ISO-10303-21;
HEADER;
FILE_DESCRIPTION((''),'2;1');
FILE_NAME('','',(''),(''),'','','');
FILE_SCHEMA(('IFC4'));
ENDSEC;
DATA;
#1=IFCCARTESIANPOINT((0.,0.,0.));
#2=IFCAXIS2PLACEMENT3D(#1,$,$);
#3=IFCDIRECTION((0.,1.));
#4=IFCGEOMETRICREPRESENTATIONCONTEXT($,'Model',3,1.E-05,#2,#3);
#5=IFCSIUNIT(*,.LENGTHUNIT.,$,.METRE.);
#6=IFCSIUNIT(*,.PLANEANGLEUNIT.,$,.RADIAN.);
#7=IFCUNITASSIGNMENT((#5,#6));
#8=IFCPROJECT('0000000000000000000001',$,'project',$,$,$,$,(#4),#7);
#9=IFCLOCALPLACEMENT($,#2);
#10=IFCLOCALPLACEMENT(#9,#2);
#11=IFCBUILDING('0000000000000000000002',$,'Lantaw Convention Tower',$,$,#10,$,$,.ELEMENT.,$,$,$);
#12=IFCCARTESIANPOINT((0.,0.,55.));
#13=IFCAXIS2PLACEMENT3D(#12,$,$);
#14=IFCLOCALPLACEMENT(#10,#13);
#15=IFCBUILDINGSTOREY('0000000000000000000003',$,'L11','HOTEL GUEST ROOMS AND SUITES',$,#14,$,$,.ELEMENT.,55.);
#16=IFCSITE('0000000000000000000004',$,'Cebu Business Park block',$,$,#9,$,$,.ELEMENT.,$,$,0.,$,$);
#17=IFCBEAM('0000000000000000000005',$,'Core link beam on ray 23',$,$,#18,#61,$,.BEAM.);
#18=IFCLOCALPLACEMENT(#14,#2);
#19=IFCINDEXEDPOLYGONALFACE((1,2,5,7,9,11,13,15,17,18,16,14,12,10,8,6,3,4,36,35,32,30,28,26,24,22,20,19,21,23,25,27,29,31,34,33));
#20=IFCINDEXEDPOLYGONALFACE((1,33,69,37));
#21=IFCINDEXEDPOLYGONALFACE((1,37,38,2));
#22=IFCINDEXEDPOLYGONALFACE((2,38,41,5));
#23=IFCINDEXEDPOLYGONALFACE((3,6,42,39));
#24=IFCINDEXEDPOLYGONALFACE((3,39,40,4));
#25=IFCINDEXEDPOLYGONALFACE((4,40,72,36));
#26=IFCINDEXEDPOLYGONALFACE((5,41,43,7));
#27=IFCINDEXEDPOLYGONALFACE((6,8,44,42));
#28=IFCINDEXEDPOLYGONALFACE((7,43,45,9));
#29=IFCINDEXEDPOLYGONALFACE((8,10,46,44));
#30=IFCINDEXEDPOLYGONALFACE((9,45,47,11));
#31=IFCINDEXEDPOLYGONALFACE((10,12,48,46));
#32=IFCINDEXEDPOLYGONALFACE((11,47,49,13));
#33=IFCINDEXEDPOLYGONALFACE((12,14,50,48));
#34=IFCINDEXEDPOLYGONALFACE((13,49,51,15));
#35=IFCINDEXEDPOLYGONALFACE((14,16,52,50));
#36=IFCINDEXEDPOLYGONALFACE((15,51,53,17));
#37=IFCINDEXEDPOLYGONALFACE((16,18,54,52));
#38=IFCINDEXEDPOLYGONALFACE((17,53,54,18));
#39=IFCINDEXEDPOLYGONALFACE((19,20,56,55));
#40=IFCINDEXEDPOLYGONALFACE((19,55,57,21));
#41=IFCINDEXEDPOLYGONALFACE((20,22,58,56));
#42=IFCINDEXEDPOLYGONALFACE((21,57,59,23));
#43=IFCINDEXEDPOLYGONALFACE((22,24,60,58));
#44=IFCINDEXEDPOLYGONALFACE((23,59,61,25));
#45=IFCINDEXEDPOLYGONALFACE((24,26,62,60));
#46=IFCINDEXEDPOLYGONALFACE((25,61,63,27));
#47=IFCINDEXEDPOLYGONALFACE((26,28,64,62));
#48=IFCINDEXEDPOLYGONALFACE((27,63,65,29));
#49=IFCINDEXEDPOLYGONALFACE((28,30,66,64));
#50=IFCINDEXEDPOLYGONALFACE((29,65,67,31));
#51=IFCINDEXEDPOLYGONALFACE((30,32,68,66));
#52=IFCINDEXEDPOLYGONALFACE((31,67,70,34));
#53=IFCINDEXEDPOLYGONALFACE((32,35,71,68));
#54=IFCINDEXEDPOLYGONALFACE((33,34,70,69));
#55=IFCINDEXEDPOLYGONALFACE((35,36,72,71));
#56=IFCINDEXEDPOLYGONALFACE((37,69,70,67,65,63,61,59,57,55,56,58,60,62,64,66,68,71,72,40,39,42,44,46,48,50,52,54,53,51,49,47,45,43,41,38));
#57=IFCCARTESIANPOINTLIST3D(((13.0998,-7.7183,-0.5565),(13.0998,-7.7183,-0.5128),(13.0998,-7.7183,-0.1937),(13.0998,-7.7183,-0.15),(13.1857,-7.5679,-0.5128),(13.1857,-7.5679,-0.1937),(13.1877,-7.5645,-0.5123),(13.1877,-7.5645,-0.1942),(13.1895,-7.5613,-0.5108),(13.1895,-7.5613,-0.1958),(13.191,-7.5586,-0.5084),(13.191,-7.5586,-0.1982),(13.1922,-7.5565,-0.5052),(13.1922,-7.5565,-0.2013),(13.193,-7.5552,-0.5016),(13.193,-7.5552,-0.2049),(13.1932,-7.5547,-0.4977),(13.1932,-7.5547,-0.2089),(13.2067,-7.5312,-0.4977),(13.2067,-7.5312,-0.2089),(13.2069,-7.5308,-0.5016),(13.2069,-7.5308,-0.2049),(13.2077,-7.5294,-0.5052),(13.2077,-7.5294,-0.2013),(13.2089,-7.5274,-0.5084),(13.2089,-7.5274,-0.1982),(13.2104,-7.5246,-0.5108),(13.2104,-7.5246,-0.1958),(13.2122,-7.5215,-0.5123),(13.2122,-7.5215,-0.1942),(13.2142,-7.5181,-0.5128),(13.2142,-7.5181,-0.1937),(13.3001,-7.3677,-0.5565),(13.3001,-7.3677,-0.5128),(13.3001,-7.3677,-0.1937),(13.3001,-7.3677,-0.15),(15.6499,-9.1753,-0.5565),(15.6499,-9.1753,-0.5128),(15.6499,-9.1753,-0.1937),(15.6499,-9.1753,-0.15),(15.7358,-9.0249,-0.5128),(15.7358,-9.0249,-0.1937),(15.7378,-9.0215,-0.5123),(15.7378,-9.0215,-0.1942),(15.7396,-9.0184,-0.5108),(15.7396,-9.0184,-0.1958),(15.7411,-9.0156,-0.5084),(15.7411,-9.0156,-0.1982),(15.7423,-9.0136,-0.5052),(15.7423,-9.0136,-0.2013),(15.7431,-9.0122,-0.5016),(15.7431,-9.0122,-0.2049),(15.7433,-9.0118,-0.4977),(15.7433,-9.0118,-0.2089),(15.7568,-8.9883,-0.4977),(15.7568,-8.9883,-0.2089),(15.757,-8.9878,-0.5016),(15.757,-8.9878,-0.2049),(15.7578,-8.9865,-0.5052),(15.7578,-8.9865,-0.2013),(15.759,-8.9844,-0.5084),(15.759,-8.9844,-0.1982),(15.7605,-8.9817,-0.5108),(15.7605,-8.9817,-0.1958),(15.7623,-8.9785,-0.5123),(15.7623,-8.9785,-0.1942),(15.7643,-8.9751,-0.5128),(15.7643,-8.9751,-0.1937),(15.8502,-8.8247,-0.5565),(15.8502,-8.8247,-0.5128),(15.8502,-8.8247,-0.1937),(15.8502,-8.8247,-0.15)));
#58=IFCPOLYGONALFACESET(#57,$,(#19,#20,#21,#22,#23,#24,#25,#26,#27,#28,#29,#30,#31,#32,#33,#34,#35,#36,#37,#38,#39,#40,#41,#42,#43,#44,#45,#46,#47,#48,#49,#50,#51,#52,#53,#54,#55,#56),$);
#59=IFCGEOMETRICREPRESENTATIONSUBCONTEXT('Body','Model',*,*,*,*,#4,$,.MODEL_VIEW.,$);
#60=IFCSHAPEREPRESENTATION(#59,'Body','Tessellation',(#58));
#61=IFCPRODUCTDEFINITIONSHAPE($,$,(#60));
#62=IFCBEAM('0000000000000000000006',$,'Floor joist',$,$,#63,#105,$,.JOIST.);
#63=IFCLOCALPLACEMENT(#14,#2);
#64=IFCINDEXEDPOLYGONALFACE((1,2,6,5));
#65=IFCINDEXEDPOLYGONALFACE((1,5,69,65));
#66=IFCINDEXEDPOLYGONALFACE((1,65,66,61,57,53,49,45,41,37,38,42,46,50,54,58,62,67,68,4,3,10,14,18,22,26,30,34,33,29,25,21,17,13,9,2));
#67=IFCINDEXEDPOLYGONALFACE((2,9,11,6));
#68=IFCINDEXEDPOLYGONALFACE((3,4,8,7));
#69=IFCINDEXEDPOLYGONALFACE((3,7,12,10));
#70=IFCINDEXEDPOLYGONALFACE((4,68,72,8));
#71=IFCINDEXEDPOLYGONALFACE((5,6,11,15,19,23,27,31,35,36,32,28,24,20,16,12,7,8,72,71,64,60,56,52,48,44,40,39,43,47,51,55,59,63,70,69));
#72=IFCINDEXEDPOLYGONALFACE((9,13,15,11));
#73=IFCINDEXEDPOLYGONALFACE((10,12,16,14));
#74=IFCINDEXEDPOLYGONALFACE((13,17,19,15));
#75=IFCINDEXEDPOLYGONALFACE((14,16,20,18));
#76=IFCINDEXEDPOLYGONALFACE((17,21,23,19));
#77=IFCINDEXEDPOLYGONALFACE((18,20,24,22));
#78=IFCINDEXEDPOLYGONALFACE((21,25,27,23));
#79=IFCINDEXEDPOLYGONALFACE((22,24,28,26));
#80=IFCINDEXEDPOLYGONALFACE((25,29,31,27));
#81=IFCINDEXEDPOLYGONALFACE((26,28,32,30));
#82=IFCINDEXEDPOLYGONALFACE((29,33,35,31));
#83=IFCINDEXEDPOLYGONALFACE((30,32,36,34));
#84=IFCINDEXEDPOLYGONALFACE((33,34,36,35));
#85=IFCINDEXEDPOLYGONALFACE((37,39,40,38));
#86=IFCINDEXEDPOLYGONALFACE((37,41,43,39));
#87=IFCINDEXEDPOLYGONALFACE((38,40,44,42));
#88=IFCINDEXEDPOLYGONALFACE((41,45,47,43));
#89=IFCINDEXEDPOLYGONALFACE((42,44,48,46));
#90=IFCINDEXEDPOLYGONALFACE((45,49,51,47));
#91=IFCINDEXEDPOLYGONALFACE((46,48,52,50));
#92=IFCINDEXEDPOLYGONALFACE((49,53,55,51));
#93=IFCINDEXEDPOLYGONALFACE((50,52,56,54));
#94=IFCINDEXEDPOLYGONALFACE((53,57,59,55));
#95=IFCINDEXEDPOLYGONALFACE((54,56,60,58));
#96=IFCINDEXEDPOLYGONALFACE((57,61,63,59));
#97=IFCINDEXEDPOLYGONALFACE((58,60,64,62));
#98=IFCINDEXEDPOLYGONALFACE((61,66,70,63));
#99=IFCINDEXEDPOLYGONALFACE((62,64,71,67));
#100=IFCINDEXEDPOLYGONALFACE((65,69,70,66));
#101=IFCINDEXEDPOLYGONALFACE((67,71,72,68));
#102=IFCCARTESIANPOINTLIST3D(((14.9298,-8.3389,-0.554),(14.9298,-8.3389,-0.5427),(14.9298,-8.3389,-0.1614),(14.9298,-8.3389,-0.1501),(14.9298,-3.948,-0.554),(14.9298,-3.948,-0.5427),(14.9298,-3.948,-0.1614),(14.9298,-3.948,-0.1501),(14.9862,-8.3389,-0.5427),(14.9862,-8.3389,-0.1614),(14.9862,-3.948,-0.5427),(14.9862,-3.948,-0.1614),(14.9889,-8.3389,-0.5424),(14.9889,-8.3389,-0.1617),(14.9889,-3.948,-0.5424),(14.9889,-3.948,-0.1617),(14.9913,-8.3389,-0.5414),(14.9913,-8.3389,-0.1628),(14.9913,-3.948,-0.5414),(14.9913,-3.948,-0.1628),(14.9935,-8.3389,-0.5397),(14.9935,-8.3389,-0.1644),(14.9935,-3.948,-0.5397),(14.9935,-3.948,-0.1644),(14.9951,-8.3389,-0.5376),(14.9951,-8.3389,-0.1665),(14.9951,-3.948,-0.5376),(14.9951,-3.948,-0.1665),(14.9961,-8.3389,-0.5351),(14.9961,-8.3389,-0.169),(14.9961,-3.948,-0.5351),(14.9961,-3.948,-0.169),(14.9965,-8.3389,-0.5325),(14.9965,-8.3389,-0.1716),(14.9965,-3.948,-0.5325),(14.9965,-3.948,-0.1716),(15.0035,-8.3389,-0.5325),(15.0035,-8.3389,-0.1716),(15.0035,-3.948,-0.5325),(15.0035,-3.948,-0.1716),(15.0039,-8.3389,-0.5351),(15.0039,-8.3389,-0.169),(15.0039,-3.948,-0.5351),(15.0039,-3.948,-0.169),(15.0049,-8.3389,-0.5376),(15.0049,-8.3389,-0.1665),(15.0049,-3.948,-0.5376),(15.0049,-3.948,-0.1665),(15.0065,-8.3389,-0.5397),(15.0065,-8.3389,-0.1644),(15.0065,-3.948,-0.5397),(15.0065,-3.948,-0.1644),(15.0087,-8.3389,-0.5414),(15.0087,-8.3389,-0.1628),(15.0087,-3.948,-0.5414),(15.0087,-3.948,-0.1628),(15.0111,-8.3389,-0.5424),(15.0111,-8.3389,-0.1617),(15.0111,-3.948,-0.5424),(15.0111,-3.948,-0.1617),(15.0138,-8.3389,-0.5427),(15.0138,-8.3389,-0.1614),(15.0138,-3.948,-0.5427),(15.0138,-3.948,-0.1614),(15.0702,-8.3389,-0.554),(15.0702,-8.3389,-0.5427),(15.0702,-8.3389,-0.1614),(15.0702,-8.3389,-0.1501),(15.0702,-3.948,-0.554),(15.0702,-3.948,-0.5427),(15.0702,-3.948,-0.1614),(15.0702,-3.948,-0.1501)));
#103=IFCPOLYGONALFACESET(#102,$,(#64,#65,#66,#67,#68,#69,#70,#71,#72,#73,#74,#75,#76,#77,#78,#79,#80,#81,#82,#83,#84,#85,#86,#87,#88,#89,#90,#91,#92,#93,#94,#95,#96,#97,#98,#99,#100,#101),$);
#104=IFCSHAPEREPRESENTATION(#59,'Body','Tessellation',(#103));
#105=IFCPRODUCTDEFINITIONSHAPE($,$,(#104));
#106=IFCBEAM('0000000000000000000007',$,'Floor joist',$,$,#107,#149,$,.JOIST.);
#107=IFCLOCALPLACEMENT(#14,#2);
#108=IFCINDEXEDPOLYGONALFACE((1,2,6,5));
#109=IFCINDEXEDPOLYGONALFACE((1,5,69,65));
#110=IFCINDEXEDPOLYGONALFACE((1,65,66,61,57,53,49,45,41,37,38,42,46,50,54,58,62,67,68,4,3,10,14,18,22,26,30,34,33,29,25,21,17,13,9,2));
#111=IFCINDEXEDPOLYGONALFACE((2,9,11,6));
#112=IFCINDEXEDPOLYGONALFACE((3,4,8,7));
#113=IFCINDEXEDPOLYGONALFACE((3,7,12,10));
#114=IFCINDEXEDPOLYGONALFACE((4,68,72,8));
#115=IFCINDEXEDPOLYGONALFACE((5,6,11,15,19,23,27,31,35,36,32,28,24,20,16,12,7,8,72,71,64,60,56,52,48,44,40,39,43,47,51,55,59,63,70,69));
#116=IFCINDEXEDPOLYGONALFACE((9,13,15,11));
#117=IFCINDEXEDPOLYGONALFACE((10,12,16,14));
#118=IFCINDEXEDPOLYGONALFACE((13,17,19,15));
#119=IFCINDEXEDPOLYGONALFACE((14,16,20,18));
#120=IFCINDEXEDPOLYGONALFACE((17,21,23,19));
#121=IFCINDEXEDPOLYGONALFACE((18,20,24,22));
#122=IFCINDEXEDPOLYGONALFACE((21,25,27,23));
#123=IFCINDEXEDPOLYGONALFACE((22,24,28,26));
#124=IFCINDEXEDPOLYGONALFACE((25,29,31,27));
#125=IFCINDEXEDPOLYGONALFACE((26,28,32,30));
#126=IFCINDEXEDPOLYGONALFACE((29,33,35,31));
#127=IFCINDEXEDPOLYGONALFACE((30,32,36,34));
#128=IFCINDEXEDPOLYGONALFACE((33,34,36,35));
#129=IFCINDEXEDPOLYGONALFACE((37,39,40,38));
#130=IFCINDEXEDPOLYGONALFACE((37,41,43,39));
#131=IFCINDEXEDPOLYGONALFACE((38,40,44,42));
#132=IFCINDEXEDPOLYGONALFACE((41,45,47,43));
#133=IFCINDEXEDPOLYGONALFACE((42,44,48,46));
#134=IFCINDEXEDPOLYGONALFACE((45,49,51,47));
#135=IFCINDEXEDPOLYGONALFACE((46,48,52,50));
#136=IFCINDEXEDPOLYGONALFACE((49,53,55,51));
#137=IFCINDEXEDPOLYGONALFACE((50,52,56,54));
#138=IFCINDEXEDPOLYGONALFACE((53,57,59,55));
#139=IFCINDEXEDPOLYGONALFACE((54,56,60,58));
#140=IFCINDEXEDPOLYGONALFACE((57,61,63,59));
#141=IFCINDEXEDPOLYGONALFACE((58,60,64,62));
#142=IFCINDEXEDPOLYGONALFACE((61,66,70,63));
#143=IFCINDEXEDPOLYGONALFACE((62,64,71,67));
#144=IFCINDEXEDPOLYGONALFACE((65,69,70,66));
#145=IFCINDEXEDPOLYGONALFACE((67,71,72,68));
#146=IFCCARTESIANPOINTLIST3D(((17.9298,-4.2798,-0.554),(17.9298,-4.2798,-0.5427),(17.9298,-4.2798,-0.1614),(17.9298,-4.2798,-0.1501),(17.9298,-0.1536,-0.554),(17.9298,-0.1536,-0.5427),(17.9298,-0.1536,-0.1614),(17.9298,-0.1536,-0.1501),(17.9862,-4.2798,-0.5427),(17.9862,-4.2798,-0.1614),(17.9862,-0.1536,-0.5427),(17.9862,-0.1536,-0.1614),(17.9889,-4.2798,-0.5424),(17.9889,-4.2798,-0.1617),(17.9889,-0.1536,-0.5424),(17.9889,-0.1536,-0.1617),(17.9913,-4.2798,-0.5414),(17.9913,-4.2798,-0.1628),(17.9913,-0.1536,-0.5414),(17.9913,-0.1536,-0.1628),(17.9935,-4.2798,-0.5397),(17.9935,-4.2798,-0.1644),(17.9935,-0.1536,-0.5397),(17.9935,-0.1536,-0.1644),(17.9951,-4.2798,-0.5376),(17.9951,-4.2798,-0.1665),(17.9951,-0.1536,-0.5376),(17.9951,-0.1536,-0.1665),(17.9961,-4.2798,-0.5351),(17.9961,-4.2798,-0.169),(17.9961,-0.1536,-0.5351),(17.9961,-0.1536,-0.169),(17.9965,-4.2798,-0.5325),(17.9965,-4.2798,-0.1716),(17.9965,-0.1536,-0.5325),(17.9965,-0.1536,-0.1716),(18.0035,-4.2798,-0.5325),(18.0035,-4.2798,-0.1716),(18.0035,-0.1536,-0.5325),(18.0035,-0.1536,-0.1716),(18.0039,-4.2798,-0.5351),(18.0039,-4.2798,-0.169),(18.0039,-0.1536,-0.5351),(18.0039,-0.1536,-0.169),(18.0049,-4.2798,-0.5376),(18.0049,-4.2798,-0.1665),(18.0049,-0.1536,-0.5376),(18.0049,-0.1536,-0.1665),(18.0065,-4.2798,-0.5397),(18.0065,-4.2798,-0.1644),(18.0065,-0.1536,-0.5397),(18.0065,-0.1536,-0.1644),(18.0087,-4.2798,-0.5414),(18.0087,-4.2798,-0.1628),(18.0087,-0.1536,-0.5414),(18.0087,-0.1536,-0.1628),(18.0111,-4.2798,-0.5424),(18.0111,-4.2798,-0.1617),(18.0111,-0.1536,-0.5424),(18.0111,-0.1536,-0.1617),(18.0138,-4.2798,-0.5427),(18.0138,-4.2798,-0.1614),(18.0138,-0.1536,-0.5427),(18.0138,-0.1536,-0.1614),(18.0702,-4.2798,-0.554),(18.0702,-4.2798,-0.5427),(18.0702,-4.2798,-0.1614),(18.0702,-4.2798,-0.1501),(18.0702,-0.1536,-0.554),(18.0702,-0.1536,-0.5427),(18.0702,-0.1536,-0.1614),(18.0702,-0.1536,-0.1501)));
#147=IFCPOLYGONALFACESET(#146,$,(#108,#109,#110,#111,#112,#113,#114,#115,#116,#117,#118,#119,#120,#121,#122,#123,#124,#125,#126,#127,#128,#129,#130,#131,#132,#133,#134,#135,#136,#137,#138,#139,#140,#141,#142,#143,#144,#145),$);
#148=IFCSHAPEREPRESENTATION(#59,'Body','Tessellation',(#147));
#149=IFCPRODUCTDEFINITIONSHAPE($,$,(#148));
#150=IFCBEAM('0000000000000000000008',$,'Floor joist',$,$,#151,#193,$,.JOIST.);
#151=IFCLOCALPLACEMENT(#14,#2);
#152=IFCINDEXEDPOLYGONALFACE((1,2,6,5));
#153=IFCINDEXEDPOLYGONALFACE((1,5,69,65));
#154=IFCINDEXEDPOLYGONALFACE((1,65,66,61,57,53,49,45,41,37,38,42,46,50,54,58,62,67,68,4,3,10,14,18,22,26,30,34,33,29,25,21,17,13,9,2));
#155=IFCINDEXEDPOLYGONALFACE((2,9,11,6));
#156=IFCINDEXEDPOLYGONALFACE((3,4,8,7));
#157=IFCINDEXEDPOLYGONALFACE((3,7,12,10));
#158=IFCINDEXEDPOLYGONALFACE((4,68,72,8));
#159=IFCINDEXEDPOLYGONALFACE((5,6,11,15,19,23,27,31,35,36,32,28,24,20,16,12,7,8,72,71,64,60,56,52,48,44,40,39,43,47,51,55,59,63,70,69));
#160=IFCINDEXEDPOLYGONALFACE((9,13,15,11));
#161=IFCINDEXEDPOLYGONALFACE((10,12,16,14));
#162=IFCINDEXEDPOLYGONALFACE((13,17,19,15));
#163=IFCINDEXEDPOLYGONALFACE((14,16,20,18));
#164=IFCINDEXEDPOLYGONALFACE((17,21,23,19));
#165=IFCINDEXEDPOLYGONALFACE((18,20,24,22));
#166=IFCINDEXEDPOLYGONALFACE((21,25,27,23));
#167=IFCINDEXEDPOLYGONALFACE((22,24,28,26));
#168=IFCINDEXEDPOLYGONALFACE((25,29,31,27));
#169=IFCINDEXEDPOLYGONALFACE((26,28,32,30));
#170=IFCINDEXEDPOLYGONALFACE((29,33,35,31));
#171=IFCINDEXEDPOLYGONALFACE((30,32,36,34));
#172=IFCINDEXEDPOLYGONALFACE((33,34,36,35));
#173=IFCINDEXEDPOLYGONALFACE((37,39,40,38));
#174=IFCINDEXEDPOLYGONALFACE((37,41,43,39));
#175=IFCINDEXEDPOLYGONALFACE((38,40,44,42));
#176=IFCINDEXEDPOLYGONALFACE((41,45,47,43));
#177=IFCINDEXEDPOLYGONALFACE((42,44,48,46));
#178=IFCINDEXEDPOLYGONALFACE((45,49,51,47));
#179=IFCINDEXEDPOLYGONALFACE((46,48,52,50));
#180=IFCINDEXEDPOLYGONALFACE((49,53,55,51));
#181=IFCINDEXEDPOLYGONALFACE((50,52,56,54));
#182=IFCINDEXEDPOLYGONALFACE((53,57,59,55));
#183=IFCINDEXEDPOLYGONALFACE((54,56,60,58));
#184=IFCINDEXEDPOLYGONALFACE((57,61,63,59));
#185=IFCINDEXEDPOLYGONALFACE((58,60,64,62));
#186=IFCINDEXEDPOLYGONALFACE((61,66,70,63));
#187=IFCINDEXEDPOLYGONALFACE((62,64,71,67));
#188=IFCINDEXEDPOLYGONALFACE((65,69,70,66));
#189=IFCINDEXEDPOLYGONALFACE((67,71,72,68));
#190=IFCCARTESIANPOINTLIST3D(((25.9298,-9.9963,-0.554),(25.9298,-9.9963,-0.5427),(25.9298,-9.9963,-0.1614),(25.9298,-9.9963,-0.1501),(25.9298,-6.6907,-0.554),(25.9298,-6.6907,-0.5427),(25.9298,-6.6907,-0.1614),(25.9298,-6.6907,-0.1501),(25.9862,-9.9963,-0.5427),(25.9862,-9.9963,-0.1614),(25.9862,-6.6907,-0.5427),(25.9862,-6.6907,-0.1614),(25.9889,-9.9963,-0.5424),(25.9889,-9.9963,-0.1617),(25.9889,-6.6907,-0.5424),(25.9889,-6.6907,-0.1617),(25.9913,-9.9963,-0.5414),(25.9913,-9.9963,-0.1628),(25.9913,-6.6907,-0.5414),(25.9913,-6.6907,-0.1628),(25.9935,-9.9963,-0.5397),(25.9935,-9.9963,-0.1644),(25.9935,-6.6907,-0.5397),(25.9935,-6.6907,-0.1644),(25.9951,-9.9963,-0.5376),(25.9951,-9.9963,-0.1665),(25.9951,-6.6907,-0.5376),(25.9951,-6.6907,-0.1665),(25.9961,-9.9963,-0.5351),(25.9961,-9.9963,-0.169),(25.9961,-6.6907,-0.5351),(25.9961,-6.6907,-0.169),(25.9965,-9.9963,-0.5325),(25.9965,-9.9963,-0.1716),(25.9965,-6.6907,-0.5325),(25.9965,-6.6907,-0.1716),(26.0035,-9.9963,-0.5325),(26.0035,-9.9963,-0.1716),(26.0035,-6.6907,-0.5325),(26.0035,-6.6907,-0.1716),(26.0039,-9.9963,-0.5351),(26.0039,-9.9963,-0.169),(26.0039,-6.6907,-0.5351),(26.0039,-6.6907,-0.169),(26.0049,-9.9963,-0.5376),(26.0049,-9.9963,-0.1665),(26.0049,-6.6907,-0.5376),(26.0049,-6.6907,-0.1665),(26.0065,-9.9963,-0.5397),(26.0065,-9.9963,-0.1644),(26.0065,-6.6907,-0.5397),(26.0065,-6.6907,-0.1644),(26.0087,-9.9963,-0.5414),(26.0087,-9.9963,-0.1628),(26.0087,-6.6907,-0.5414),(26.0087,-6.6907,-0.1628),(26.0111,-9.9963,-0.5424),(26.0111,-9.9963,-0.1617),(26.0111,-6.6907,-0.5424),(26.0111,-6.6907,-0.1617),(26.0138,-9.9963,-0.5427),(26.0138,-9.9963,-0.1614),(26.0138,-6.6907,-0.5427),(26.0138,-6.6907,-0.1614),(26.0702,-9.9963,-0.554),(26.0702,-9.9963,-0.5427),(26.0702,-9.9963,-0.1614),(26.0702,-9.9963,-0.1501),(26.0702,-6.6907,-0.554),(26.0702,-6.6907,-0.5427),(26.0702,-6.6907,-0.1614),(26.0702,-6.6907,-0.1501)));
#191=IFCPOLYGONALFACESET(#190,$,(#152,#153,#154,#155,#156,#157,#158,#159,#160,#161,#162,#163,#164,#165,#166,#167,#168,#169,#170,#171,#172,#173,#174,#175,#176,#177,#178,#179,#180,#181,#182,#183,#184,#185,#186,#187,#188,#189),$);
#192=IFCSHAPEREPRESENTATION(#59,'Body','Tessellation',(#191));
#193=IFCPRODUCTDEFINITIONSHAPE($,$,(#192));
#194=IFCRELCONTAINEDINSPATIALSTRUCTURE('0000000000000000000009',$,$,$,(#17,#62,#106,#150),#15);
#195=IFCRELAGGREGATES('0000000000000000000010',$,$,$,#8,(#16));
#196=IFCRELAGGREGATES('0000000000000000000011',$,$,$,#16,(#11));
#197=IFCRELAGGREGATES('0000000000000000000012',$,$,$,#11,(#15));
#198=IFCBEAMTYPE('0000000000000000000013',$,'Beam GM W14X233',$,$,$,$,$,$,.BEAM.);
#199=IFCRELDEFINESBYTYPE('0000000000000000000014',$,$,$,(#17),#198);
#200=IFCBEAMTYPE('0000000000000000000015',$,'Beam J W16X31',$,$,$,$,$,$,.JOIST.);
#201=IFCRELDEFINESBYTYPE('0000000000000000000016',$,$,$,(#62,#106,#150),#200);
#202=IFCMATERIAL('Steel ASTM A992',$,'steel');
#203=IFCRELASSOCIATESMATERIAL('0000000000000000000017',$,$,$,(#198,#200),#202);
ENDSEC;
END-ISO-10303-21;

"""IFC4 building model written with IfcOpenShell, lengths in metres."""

from ifc_helpers import new_model, si_unit, direction, frame, origin, origin_2d, place, context, subcontext, project, spatial, i_section, extrude, material, material_profile, profile_set, type_object, element, save


model = new_model("IFC4")

# Units and contexts
model_context = context("Model", 3, precision=1e-05, world=origin(), true_north=direction((0.0, 1.0)))
body_context = subcontext(model_context, "Body", "Model", "MODEL_VIEW")
ifc_project = project(units=[si_unit("LENGTHUNIT", "METRE"), si_unit("PLANEANGLEUNIT", "RADIAN")], contexts=[model_context])

# Site, building, storey
site_placement = place(None, origin())
site = spatial("IfcSite", under=ifc_project, at=site_placement, Name="Cebu Business Park block", CompositionType="ELEMENT", RefElevation=0.0)
building_placement = place(site_placement, origin())
building = spatial("IfcBuilding", under=site, at=building_placement, Name="Lantaw Convention Tower", CompositionType="ELEMENT")
storey_placement = place(building_placement, frame((0.0, 0.0, 55.0)))
storey = spatial("IfcBuildingStorey", under=building, at=storey_placement, Name="L11", Description="HOTEL GUEST ROOMS AND SUITES", CompositionType="ELEMENT", Elevation=55.0)

# Beams
ifc_material_1 = material(Name="Steel ASTM A992", Category="steel")
ifc_material_profile_1 = material_profile(ifc_material_1, i_section(OverallWidth=0.4038, OverallDepth=0.4065, WebThickness=0.0271, FlangeThickness=0.0437, FilletRadius=0.0151, at=origin_2d()), Name="W14X233")
ifc_profile_set_1 = profile_set([ifc_material_profile_1], Name="Steel ASTM A992")
beam_type_1 = type_object("IfcBeamType", Name="Beam GM W14X233", PredefinedType="BEAM", material=ifc_profile_set_1)
beam_1_placement = place(storey_placement, frame((13.2, -7.543, -0.3533), z_axis=(0.868264, -0.496103, 0.0), x_axis=(0.496103, 0.868264, 0.0)))
element("IfcBeam", 1, at=beam_1_placement, inside=storey, type_object=beam_type_1, Name="Core link beam on ray 23", PredefinedType="BEAM", context=body_context, shape_type="SweptSolid", body=[
    extrude(i_section(OverallWidth=0.4038, OverallDepth=0.4065, WebThickness=0.0271, FlangeThickness=0.0437, FilletRadius=0.0151, at=origin_2d()), origin(), (0.0, 0.0, 1.0), 2.937),
])
ifc_material_profile_2 = material_profile(ifc_material_1, i_section(OverallWidth=0.1404, OverallDepth=0.4038, WebThickness=0.0071, FlangeThickness=0.0112, FilletRadius=0.0103, at=origin_2d()), Name="W16X31")
ifc_profile_set_2 = profile_set([ifc_material_profile_2], Name="Steel ASTM A992")
beam_type_2 = type_object("IfcBeamType", Name="Beam J W16X31", PredefinedType="JOIST", material=ifc_profile_set_2)
beam_2_placement = place(storey_placement, frame((15.0, -8.3389, -0.3521), z_axis=(0.0, 1.0, 0.0), x_axis=(-1.0, 0.0, 0.0)))
element("IfcBeam", 2, at=beam_2_placement, inside=storey, type_object=beam_type_2, Name="Floor joist", PredefinedType="JOIST", context=body_context, shape_type="SweptSolid", body=[
    extrude(i_section(OverallWidth=0.1404, OverallDepth=0.4038, WebThickness=0.0071, FlangeThickness=0.0112, FilletRadius=0.0103, at=origin_2d()), origin(), (0.0, 0.0, 1.0), 4.3909),
])
beam_3_placement = place(storey_placement, frame((18.0, -4.2798, -0.3521), z_axis=(0.0, 1.0, 0.0), x_axis=(-1.0, 0.0, 0.0)))
element("IfcBeam", 3, at=beam_3_placement, inside=storey, type_object=beam_type_2, Name="Floor joist", PredefinedType="JOIST", context=body_context, shape_type="SweptSolid", body=[
    extrude(i_section(OverallWidth=0.1404, OverallDepth=0.4038, WebThickness=0.0071, FlangeThickness=0.0112, FilletRadius=0.0103, at=origin_2d()), origin(), (0.0, 0.0, 1.0), 4.1262),
])
beam_4_placement = place(storey_placement, frame((26.0, -9.9963, -0.3521), z_axis=(0.0, 1.0, 0.0), x_axis=(-1.0, 0.0, 0.0)))
element("IfcBeam", 4, at=beam_4_placement, inside=storey, type_object=beam_type_2, Name="Floor joist", PredefinedType="JOIST", context=body_context, shape_type="SweptSolid", body=[
    extrude(i_section(OverallWidth=0.1404, OverallDepth=0.4038, WebThickness=0.0071, FlangeThickness=0.0112, FilletRadius=0.0103, at=origin_2d()), origin(), (0.0, 0.0, 1.0), 3.3057),
])

save(model, "model.ifc")
